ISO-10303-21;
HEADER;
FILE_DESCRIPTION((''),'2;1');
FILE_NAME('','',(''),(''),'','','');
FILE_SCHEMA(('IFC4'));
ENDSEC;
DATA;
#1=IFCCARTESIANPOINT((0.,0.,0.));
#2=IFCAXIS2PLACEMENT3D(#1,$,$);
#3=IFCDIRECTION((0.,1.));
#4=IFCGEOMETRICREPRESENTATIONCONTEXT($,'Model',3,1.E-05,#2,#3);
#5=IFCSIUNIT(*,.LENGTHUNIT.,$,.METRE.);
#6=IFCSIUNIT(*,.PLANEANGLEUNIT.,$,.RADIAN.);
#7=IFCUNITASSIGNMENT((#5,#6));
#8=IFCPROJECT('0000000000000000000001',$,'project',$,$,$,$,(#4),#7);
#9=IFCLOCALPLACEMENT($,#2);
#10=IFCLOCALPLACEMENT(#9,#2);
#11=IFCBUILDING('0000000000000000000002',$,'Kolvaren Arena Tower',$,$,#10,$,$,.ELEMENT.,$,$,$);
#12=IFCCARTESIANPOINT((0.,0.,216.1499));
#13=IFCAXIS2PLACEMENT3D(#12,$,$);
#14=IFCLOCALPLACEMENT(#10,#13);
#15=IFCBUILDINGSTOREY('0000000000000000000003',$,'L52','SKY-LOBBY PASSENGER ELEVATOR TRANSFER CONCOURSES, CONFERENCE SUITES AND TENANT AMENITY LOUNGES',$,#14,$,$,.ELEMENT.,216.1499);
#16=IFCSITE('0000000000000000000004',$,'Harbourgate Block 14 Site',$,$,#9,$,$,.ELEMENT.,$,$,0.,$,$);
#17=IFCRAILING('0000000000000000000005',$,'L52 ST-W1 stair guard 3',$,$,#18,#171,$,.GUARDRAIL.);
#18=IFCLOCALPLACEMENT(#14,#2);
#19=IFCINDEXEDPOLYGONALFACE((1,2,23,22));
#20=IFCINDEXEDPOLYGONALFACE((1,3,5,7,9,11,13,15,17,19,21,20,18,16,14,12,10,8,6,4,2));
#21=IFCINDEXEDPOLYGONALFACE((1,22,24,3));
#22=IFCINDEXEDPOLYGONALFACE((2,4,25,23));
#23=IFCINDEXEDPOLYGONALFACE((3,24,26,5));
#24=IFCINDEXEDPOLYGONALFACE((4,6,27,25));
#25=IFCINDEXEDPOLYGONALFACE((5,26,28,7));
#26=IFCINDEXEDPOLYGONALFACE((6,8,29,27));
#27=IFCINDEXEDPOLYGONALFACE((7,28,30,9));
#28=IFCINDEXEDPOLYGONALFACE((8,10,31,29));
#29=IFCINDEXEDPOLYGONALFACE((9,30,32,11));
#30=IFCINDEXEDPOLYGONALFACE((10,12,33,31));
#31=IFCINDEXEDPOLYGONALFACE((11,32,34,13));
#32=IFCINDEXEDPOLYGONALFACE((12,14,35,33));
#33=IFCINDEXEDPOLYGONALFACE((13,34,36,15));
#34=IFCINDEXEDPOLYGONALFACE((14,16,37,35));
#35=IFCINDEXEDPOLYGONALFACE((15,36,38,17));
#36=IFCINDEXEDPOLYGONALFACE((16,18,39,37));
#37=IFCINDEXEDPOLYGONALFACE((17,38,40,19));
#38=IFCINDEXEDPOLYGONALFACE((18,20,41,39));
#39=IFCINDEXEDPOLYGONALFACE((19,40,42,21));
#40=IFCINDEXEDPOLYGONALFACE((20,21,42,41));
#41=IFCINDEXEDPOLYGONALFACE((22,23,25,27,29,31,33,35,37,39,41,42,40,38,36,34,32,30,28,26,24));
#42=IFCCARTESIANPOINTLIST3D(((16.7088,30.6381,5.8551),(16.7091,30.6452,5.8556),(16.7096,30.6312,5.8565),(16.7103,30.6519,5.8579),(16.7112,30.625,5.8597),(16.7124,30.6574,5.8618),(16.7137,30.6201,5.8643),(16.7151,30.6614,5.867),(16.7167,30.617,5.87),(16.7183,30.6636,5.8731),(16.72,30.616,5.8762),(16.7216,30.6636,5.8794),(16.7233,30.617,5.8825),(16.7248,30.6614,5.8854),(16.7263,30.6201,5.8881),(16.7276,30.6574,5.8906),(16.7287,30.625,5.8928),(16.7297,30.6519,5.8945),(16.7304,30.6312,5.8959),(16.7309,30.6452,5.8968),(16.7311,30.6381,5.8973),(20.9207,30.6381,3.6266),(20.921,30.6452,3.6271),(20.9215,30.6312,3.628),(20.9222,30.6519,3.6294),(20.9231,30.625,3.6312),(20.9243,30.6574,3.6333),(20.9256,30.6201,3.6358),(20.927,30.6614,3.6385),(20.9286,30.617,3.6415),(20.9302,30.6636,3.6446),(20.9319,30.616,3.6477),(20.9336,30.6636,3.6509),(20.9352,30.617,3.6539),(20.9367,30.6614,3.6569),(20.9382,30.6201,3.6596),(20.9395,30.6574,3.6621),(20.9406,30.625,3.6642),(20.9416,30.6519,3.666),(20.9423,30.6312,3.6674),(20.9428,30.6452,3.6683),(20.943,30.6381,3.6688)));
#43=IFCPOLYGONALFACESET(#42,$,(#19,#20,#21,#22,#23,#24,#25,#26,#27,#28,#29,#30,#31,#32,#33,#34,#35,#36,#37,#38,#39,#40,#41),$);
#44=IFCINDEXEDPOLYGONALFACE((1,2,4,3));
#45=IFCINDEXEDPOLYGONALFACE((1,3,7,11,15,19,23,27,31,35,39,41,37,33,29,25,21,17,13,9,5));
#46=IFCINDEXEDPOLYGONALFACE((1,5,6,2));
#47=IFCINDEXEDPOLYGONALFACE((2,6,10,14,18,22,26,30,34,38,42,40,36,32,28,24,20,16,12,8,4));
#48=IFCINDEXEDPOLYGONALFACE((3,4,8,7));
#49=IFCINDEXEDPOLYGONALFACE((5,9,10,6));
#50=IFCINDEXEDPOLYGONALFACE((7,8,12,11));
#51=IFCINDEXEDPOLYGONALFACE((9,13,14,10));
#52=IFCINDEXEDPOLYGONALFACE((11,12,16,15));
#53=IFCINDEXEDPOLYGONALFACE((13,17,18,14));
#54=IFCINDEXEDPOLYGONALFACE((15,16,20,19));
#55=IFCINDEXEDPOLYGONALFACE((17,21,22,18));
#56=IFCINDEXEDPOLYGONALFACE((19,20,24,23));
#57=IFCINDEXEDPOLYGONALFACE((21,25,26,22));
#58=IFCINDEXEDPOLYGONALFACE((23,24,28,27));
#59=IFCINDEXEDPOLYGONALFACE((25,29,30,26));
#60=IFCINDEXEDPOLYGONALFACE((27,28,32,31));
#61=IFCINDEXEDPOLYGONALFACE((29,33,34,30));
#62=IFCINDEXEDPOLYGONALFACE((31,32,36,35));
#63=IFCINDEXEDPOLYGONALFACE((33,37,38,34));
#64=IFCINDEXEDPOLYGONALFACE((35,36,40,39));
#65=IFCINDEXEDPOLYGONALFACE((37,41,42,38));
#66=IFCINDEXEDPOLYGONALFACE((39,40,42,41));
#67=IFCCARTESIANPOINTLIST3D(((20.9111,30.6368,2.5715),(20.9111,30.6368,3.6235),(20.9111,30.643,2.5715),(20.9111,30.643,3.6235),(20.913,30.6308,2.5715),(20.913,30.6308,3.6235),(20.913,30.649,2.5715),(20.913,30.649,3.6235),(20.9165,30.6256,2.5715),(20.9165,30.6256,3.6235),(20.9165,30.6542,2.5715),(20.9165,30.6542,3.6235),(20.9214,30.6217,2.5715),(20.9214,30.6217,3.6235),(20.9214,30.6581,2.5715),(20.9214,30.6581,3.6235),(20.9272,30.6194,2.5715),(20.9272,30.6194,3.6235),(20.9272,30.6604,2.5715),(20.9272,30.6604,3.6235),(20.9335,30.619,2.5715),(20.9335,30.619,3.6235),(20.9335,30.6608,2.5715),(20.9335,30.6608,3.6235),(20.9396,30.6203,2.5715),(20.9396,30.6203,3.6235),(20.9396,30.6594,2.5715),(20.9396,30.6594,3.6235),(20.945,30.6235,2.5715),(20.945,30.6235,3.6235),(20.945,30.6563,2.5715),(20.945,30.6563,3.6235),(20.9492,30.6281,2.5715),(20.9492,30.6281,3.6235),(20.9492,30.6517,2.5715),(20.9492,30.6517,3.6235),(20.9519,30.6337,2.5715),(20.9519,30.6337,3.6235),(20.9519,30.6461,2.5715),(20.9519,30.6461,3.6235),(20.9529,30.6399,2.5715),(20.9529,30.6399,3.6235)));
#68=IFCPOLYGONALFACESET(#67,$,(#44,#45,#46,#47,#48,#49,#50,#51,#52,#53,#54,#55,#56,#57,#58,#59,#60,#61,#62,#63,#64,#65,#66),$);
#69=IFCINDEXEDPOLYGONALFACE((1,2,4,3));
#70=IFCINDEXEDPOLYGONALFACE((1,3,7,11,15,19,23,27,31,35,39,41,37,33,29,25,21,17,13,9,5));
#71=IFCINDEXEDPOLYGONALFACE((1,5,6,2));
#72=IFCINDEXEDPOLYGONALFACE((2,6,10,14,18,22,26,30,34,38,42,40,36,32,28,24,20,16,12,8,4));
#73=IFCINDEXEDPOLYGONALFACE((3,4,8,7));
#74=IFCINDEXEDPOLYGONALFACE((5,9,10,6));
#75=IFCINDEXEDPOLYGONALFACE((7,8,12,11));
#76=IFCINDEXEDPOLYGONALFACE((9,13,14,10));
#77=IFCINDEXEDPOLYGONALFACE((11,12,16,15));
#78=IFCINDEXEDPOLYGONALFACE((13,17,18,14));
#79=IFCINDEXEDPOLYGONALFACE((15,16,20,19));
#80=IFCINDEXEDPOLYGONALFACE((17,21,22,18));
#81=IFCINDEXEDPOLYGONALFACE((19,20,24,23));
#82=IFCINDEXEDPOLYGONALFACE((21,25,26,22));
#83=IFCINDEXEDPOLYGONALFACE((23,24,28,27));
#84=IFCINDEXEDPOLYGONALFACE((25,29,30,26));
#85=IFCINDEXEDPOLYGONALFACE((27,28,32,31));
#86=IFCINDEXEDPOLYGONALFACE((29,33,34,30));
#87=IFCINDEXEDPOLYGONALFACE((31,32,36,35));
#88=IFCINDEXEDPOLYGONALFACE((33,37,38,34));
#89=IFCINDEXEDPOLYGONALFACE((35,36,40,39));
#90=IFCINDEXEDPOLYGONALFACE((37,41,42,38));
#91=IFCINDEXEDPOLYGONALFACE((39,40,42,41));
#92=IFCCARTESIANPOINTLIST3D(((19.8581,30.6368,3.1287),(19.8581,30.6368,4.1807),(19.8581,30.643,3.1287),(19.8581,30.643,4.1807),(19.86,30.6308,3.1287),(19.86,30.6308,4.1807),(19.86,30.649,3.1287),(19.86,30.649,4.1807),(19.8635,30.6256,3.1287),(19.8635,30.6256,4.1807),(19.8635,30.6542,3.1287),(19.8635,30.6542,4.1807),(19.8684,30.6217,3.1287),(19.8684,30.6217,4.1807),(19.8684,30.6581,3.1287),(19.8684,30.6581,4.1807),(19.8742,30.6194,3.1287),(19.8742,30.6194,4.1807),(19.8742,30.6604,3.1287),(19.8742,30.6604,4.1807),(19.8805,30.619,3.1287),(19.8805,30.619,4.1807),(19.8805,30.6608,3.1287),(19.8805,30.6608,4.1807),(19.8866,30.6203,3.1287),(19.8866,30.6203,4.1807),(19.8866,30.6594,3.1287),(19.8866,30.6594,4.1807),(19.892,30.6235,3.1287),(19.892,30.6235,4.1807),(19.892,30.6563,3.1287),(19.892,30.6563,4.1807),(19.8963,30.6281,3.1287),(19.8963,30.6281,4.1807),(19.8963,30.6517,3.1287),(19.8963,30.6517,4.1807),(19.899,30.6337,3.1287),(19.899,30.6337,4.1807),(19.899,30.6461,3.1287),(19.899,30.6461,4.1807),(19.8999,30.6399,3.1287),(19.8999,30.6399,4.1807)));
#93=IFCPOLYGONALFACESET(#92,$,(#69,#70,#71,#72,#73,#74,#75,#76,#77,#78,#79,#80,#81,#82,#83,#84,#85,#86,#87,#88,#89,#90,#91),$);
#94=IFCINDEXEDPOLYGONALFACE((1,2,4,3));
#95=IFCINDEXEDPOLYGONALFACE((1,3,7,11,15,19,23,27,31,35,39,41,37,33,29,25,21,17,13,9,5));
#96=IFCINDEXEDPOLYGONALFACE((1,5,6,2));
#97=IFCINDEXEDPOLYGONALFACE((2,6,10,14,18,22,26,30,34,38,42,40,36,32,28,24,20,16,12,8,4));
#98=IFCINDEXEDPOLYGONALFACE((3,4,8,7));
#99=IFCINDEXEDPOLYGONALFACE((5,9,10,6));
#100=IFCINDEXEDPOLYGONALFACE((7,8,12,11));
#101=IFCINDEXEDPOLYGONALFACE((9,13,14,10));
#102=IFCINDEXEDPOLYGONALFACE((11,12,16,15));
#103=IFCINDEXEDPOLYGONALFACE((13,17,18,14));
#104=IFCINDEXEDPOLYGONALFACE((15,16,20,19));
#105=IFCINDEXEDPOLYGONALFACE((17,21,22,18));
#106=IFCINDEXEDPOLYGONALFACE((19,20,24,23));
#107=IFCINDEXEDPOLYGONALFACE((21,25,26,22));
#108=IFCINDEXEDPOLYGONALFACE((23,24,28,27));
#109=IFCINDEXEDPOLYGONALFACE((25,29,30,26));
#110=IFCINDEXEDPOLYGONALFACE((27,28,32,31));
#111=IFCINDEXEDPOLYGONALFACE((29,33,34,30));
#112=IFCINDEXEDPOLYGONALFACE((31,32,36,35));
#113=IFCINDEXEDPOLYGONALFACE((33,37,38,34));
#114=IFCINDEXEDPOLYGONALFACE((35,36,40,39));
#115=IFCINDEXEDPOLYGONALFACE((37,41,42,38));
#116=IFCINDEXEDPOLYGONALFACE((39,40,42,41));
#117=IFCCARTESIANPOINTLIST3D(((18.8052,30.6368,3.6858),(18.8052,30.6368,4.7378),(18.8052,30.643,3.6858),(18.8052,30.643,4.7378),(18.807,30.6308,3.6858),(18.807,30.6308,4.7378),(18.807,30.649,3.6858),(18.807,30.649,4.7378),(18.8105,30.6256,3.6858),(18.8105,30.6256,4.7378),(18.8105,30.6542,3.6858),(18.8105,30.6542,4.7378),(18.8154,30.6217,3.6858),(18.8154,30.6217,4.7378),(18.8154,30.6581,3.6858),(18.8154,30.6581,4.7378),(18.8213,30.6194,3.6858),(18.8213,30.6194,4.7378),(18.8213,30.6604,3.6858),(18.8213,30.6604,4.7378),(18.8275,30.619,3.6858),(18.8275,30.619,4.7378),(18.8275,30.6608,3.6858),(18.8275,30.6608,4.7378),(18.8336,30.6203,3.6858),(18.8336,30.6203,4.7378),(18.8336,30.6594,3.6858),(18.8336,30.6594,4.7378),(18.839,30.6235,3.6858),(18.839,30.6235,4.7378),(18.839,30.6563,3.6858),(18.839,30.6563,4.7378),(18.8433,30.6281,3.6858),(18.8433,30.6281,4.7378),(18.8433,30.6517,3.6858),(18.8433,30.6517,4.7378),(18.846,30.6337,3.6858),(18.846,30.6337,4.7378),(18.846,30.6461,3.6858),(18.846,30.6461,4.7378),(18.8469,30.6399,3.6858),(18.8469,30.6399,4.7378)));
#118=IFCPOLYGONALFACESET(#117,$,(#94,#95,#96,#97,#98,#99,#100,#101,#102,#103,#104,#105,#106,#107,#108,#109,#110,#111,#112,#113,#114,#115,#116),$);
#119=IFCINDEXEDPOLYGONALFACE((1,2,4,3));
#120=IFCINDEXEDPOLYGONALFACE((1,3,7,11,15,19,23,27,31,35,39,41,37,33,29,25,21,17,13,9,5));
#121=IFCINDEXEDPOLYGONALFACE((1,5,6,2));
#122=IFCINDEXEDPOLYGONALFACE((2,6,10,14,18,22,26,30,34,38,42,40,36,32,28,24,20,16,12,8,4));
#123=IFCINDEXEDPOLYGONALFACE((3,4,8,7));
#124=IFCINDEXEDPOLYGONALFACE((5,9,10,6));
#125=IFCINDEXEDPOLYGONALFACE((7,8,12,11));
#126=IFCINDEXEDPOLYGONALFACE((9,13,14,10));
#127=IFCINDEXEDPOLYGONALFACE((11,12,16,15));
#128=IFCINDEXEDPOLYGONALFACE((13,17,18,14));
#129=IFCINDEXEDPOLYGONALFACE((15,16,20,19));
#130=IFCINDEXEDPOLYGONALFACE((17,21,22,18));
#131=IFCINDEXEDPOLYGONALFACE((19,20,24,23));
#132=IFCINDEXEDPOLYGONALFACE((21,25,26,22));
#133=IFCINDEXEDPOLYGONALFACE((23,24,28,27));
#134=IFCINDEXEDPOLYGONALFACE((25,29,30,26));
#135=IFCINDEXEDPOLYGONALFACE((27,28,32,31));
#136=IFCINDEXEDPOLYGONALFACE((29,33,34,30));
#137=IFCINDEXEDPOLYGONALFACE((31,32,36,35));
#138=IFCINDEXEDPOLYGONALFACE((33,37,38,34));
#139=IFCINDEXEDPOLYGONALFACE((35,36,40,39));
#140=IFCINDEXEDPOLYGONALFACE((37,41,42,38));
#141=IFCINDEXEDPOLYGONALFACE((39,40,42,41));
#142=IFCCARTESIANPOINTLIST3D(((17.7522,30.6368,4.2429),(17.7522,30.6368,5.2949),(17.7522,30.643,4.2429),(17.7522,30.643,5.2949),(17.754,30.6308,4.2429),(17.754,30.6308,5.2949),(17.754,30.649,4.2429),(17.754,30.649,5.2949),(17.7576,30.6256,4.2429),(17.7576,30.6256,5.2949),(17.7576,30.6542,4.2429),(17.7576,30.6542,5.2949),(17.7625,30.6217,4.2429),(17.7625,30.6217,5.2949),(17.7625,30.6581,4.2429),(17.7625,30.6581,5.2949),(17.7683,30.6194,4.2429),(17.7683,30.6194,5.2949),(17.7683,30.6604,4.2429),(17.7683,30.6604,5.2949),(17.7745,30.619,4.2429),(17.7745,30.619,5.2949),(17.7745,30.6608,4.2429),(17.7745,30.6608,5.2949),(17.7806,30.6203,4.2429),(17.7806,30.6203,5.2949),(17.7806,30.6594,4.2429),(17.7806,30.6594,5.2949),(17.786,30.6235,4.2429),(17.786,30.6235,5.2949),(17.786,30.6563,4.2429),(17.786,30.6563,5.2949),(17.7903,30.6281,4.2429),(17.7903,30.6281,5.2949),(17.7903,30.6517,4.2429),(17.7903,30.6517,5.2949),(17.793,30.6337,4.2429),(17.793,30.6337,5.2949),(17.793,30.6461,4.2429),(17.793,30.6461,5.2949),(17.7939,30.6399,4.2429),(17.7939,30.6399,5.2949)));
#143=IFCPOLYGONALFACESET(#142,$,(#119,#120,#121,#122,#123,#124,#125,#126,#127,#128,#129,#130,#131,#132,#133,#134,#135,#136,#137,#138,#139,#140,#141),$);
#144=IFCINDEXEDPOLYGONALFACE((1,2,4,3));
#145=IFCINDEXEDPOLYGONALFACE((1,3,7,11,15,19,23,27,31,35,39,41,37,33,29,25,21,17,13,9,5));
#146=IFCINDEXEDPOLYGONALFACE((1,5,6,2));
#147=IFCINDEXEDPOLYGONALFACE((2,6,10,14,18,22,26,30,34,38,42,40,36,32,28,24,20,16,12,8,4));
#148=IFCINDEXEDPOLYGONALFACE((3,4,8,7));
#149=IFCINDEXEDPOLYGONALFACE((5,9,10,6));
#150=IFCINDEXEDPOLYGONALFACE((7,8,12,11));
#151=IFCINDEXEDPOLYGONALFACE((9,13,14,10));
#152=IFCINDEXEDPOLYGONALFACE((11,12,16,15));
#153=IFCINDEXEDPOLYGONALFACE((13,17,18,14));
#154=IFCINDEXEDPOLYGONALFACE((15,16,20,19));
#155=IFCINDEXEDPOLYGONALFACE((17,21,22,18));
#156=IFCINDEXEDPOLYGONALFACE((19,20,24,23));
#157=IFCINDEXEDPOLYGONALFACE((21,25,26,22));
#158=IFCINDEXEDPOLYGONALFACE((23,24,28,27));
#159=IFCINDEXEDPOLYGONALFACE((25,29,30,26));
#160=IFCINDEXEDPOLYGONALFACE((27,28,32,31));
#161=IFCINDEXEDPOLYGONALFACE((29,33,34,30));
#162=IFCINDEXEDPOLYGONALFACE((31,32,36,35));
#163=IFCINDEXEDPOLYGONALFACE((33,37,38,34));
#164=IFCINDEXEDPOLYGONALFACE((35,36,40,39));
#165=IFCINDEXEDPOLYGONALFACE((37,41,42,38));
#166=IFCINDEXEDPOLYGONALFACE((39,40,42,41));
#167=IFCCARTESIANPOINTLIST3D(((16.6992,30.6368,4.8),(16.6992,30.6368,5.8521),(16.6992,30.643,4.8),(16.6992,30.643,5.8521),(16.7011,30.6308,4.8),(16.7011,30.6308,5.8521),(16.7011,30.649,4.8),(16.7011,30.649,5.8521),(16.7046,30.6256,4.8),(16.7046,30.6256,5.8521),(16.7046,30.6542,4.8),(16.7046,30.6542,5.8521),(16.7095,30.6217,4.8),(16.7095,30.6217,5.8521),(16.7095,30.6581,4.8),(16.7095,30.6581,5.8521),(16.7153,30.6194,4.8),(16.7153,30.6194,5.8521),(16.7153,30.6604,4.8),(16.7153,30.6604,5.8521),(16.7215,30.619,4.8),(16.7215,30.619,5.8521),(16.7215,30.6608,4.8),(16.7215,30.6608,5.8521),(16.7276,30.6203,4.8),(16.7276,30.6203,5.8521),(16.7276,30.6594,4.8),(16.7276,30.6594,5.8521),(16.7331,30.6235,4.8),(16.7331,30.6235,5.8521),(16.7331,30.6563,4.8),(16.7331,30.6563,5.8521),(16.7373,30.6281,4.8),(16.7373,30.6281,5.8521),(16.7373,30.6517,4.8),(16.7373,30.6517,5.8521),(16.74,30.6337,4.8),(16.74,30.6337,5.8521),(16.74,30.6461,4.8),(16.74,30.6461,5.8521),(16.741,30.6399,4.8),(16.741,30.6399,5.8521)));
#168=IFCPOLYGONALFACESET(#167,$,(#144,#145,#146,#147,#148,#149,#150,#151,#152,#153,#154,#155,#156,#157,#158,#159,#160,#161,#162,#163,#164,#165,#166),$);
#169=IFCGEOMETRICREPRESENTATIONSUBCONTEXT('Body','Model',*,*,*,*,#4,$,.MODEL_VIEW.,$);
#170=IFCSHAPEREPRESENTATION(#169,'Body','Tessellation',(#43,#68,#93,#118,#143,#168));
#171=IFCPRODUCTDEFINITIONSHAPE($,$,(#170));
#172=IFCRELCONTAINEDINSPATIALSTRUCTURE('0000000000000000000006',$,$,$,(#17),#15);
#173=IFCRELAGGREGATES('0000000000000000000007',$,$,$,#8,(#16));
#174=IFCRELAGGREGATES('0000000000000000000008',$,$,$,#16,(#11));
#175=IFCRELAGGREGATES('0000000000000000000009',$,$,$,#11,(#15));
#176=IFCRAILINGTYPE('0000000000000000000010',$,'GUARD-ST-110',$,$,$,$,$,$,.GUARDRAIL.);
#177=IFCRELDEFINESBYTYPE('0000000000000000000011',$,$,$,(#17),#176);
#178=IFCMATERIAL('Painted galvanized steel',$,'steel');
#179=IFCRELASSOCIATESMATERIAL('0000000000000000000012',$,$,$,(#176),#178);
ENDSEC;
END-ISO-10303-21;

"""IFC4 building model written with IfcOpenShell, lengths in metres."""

from ifc_helpers import new_model, si_unit, direction, frame, origin, origin_2d, place, context, subcontext, project, spatial, circle, extrude, material, type_object, element, save


model = new_model("IFC4")

# Units and contexts
model_context = context("Model", 3, precision=1e-05, world=origin(), true_north=direction((0.0, 1.0)))
body_context = subcontext(model_context, "Body", "Model", "MODEL_VIEW")
ifc_project = project(units=[si_unit("LENGTHUNIT", "METRE"), si_unit("PLANEANGLEUNIT", "RADIAN")], contexts=[model_context])

# Site, building, storey
site_placement = place(None, origin())
site = spatial("IfcSite", under=ifc_project, at=site_placement, Name="Harbourgate Block 14 Site", CompositionType="ELEMENT", RefElevation=0.0)
building_placement = place(site_placement, origin())
building = spatial("IfcBuilding", under=site, at=building_placement, Name="Kolvaren Arena Tower", CompositionType="ELEMENT")
storey_placement = place(building_placement, frame((0.0, 0.0, 216.1499)))
storey = spatial("IfcBuildingStorey", under=building, at=storey_placement, Name="L52", Description="SKY-LOBBY PASSENGER ELEVATOR TRANSFER CONCOURSES, CONFERENCE SUITES AND TENANT AMENITY LOUNGES", CompositionType="ELEMENT", Elevation=216.1499)

# Railing
ifc_material_1 = material(Name="Painted galvanized steel", Category="steel")
railing_type = type_object("IfcRailingType", Name="GUARD-ST-110", PredefinedType="GUARDRAIL", material=ifc_material_1)
railing_1_placement = place(storey_placement, frame((20.9319, 30.6399, 2.5715)))
element("IfcRailing", 1, at=railing_1_placement, inside=storey, type_object=railing_type, Name="L52 ST-W1 stair guard 3", PredefinedType="GUARDRAIL", context=body_context, shape_type="SweptSolid", body=[
    extrude(circle(Radius=0.0239, at=origin_2d()), frame((0.0, 0.0, 1.0762), z_axis=(-0.883903, 0.0, 0.467671), x_axis=(0.0, -1.0, 0.0)), (0.0, 0.0, 1.0), 4.7651),
    extrude(circle(Radius=0.021, at=origin_2d()), origin(), (0.0, 0.0, 1.0), 1.052),
    extrude(circle(Radius=0.021, at=origin_2d()), frame((-1.053, 0.0, 0.5571)), (0.0, 0.0, 1.0), 1.052),
    extrude(circle(Radius=0.021, at=origin_2d()), frame((-2.106, 0.0, 1.1143)), (0.0, 0.0, 1.0), 1.052),
    extrude(circle(Radius=0.021, at=origin_2d()), frame((-3.1589, 0.0, 1.6714)), (0.0, 0.0, 1.0), 1.052),
    extrude(circle(Radius=0.021, at=origin_2d()), frame((-4.2119, 0.0, 2.2285)), (0.0, 0.0, 1.0), 1.052),
])

save(model, "model.ifc")
